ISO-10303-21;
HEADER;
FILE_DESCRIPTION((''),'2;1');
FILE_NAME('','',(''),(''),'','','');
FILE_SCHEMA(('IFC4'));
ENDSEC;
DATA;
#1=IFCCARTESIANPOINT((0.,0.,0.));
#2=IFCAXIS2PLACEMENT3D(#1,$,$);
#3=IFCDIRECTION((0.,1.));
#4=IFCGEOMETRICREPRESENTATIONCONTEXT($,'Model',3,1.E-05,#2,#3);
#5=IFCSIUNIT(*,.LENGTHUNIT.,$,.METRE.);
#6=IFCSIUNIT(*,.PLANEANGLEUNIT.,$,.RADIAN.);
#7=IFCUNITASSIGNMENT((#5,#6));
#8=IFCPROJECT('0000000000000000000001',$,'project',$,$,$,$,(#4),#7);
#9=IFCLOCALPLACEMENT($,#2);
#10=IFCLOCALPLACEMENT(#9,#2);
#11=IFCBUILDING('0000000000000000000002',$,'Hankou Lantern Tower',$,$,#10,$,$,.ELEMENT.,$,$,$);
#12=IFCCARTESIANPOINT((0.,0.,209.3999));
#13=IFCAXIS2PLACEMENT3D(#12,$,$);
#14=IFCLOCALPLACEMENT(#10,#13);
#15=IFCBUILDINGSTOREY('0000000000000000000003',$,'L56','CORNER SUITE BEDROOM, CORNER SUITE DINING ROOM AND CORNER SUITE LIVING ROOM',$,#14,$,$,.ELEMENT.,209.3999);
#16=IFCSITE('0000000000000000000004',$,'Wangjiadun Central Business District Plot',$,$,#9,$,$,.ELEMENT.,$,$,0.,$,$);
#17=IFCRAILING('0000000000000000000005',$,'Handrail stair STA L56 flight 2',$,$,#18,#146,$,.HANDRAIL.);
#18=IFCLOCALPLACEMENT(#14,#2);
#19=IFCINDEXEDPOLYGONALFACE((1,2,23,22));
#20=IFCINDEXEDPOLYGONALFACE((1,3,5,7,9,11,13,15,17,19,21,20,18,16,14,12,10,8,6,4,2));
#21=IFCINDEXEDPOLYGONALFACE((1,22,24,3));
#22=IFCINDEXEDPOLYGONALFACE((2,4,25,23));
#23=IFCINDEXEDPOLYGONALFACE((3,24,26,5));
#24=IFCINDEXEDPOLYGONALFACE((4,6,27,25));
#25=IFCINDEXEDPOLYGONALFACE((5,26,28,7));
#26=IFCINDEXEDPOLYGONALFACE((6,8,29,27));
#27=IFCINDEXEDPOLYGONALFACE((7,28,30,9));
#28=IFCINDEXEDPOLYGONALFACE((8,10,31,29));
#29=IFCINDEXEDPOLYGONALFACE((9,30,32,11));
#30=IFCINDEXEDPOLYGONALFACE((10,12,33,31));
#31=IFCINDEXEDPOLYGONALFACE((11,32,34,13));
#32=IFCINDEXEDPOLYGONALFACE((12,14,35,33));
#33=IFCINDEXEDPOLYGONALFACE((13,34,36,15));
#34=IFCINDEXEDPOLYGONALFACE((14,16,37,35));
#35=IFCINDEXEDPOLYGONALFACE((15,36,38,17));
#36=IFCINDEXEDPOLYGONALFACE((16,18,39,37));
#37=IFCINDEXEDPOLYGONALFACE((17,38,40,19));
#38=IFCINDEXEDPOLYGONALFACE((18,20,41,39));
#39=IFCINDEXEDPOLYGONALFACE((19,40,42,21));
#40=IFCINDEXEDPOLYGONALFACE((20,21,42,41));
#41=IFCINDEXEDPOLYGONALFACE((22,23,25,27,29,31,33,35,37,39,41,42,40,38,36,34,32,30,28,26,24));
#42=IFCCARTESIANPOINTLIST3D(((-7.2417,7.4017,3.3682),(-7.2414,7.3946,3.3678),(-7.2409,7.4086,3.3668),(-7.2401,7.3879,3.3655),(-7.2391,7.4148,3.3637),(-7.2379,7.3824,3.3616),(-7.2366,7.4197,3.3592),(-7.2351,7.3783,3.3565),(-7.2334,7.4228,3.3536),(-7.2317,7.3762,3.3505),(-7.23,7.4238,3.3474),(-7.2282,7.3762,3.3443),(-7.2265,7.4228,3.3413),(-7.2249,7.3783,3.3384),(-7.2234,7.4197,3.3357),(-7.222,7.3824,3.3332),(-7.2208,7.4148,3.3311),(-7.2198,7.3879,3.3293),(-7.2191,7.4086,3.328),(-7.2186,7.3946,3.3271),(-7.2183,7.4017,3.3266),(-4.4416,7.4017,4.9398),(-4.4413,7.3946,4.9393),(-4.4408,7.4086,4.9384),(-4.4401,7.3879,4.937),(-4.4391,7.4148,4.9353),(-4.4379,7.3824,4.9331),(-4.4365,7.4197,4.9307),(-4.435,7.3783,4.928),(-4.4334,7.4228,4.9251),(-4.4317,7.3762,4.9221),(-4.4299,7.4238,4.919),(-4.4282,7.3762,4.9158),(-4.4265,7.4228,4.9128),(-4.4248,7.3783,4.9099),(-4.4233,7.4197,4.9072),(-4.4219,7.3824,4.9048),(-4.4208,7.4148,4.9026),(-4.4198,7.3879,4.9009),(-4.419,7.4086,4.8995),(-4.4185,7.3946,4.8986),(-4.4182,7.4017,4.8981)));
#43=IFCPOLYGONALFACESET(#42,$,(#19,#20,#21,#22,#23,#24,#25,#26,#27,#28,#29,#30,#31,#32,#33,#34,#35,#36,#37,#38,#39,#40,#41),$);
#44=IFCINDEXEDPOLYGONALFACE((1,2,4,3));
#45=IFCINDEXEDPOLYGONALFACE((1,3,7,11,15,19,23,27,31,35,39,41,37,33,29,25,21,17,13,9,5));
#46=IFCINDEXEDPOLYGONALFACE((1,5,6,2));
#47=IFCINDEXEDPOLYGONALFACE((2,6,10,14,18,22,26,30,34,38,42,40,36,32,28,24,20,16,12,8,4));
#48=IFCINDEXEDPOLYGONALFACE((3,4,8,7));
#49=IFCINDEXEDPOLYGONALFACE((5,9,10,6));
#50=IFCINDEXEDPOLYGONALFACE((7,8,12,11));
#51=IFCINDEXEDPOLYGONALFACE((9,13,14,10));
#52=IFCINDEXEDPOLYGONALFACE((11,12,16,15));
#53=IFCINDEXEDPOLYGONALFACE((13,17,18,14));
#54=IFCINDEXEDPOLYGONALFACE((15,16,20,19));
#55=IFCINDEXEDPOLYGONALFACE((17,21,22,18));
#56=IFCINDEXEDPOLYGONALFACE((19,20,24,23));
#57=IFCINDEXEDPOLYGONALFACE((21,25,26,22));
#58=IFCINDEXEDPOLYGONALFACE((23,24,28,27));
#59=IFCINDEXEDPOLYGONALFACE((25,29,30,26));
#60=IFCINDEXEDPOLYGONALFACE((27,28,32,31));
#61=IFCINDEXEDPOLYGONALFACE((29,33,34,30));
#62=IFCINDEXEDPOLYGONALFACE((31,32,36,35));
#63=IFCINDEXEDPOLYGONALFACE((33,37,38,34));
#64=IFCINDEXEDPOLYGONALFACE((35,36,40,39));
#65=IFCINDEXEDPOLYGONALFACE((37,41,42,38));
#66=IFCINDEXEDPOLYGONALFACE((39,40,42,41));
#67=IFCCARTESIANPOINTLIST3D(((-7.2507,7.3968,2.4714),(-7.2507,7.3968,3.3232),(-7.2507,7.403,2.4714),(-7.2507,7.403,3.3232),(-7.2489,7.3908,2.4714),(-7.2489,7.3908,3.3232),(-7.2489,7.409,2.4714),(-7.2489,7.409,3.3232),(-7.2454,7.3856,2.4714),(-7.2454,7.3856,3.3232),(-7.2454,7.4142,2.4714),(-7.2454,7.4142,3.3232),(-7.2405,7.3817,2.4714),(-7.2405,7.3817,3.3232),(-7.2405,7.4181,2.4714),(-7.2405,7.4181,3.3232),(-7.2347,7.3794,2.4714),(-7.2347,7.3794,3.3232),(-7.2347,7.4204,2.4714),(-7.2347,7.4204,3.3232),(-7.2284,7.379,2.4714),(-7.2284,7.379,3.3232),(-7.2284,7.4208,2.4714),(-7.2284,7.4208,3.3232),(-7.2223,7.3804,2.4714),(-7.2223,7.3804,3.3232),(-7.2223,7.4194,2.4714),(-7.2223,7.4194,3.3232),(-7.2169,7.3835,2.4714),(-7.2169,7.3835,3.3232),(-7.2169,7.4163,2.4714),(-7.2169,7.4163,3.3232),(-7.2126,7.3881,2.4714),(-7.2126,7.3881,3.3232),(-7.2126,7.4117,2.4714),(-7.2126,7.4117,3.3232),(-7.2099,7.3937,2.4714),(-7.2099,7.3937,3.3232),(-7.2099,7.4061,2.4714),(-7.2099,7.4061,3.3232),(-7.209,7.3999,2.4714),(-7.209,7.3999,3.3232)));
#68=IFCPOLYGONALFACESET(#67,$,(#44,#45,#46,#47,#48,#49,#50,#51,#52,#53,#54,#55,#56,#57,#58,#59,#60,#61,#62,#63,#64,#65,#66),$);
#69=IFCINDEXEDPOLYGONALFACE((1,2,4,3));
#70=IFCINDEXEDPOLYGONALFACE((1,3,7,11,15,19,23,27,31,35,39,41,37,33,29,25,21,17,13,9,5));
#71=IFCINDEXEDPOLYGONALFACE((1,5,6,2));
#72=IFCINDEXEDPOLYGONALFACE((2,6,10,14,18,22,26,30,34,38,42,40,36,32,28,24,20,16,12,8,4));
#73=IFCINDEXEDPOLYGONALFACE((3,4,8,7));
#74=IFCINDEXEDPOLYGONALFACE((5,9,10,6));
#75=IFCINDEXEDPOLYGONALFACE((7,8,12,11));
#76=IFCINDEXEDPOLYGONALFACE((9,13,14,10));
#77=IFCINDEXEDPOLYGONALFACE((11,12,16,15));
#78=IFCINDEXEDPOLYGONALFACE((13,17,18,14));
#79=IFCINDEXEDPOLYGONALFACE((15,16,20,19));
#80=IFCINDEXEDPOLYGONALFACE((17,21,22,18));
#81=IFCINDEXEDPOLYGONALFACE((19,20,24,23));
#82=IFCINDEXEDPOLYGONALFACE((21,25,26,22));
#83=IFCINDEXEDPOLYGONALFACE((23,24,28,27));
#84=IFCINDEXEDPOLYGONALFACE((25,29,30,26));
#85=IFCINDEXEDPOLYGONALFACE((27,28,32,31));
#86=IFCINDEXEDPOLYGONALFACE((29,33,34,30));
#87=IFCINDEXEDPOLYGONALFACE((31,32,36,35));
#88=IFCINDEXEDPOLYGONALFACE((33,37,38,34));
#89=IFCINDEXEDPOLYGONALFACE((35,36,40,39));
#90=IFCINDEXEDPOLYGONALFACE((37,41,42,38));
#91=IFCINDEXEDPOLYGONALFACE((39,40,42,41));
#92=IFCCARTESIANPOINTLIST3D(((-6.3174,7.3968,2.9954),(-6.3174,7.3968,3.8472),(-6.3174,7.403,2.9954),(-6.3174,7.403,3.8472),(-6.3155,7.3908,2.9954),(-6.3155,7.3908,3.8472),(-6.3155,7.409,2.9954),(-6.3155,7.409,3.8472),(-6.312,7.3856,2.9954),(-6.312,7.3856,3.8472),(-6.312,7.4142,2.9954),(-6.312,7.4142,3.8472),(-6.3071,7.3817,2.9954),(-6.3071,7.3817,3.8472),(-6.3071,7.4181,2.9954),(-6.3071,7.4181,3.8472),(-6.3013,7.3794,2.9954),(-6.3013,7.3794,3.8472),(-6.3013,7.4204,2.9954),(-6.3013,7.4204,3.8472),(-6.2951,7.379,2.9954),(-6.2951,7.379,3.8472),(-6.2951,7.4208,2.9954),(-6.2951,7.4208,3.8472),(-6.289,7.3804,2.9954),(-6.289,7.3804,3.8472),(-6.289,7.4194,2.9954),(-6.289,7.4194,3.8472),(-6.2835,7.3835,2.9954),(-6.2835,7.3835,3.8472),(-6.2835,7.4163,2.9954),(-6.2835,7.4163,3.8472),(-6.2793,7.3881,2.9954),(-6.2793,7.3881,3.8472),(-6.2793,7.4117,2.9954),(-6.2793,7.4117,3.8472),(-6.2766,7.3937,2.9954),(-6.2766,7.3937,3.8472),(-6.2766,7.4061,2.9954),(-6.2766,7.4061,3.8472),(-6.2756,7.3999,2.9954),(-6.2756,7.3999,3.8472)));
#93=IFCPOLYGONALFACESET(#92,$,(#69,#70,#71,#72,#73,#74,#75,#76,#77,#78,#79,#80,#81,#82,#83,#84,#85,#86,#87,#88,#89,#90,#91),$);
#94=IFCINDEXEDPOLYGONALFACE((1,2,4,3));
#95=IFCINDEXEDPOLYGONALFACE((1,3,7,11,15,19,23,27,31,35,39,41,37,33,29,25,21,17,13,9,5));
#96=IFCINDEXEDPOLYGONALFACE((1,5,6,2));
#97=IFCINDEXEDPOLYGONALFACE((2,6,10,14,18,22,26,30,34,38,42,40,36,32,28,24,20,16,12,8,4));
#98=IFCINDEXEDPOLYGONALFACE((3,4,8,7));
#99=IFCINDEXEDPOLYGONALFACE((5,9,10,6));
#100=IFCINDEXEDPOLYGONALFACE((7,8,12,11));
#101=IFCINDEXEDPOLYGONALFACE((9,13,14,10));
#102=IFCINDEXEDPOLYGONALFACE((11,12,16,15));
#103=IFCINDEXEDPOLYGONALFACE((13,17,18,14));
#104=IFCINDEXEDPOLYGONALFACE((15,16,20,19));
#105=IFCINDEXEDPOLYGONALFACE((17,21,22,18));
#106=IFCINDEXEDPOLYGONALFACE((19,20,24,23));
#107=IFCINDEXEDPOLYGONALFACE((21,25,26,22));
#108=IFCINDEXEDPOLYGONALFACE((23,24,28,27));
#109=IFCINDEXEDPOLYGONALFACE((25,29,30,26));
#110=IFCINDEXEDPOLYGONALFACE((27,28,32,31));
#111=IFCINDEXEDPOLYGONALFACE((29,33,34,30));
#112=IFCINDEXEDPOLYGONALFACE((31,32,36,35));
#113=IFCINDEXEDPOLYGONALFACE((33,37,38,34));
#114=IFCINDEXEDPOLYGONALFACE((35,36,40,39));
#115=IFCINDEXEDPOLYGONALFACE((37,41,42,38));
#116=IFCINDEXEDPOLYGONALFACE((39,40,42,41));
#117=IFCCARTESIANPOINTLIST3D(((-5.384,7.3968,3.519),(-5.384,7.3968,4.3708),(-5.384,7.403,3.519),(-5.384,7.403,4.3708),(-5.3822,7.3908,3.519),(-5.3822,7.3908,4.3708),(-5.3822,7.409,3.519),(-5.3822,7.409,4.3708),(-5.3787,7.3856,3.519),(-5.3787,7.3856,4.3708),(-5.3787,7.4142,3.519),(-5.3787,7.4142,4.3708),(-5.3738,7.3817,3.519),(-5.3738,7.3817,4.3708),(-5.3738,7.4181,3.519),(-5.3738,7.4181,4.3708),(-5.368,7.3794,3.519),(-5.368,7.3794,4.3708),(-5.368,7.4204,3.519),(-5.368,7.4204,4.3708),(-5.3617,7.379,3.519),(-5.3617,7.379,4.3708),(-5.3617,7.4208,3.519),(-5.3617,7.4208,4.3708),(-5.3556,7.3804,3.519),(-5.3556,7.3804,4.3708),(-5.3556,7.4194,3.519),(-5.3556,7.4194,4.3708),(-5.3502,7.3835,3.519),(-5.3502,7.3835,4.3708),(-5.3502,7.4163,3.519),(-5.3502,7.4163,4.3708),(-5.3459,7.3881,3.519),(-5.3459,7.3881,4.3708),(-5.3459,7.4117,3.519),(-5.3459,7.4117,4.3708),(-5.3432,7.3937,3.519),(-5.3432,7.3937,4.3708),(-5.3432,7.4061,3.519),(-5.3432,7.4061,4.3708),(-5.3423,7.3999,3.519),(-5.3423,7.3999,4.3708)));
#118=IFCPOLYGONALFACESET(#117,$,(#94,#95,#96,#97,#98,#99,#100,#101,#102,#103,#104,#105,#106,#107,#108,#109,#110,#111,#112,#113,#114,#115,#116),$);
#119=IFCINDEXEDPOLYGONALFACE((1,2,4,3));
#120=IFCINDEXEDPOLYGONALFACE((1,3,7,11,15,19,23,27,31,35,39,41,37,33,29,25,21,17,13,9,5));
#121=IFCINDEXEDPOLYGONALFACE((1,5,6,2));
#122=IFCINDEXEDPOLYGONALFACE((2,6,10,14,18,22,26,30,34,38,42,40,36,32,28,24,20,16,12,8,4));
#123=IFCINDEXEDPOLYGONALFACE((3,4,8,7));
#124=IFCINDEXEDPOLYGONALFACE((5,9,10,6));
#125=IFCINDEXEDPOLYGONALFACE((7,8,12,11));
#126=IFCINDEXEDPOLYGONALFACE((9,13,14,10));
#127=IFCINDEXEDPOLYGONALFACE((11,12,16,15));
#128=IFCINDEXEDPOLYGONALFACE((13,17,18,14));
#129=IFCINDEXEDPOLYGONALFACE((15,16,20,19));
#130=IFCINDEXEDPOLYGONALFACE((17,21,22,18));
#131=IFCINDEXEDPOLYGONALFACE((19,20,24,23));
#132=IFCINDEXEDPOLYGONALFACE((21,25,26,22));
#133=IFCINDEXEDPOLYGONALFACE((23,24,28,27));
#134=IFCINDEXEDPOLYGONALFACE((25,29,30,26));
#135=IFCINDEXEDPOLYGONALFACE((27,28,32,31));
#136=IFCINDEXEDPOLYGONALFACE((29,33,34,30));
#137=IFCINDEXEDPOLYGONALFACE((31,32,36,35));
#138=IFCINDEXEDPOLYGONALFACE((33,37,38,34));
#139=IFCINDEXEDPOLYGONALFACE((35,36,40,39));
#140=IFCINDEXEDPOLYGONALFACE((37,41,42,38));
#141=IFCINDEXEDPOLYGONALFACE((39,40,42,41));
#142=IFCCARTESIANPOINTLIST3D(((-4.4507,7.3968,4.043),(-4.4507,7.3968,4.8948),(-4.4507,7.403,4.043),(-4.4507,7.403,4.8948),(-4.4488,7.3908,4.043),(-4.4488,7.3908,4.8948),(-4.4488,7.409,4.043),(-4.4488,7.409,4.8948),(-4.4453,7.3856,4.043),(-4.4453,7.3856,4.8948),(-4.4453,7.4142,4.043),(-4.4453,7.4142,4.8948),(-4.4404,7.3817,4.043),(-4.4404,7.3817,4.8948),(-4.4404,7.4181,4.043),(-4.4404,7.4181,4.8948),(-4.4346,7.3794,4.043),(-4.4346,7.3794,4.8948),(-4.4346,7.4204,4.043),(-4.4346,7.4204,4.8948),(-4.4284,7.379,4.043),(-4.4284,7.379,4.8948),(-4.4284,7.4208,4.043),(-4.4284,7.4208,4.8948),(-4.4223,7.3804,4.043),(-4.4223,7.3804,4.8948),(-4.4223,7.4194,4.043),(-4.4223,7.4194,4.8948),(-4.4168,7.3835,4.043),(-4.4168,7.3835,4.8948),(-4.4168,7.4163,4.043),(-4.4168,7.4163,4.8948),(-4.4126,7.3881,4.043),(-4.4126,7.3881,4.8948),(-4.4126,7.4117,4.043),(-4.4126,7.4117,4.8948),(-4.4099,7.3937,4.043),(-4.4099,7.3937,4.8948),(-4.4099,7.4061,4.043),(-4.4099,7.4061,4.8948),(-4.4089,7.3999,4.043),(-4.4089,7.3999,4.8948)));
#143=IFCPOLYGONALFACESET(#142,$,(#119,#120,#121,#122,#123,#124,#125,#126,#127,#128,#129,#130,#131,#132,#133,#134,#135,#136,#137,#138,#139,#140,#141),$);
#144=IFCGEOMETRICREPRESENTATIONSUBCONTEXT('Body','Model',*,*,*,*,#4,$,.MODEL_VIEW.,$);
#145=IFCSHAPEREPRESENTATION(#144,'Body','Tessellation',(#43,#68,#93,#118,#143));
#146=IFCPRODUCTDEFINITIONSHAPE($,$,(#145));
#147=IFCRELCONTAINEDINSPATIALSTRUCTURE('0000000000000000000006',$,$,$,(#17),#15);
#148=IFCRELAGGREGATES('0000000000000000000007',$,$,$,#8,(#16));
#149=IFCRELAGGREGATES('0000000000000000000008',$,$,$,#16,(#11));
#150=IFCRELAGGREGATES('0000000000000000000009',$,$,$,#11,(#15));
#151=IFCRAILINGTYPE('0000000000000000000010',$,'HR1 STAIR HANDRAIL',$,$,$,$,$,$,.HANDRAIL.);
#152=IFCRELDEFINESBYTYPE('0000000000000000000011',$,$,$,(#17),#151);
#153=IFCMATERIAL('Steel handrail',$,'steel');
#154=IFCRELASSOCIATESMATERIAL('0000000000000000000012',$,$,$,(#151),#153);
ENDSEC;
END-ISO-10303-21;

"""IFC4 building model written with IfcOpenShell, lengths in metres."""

from ifc_helpers import new_model, si_unit, direction, frame, origin, origin_2d, place, context, subcontext, project, spatial, circle, extrude, material, type_object, element, save


model = new_model("IFC4")

# Units and contexts
model_context = context("Model", 3, precision=1e-05, world=origin(), true_north=direction((0.0, 1.0)))
body_context = subcontext(model_context, "Body", "Model", "MODEL_VIEW")
ifc_project = project(units=[si_unit("LENGTHUNIT", "METRE"), si_unit("PLANEANGLEUNIT", "RADIAN")], contexts=[model_context])

# Site, building, storey
site_placement = place(None, origin())
site = spatial("IfcSite", under=ifc_project, at=site_placement, Name="Wangjiadun Central Business District Plot", CompositionType="ELEMENT", RefElevation=0.0)
building_placement = place(site_placement, origin())
building = spatial("IfcBuilding", under=site, at=building_placement, Name="Hankou Lantern Tower", CompositionType="ELEMENT")
storey_placement = place(building_placement, frame((0.0, 0.0, 209.3999)))
storey = spatial("IfcBuildingStorey", under=building, at=storey_placement, Name="L56", Description="CORNER SUITE BEDROOM, CORNER SUITE DINING ROOM AND CORNER SUITE LIVING ROOM", CompositionType="ELEMENT", Elevation=209.3999)

# Railing
ifc_material_1 = material(Name="Steel handrail", Category="steel")
railing_type = type_object("IfcRailingType", Name="HR1 STAIR HANDRAIL", PredefinedType="HANDRAIL", material=ifc_material_1)
railing_1_placement = place(storey_placement, frame((-7.23, 7.3999, 2.4714)))
element("IfcRailing", 1, at=railing_1_placement, inside=storey, type_object=railing_type, Name="Handrail stair STA L56 flight 2", PredefinedType="HANDRAIL", context=body_context, shape_type="SweptSolid", body=[
    extrude(circle(Radius=0.0239, at=origin_2d()), frame((0.0, 0.0, 0.876), z_axis=(0.87204, 0.0, 0.489434), x_axis=(0.0, 1.0, 0.0)), (0.0, 0.0, 1.0), 3.2109),
    extrude(circle(Radius=0.021, at=origin_2d()), origin(), (0.0, 0.0, 1.0), 0.8518),
    extrude(circle(Radius=0.021, at=origin_2d()), frame((0.9333, 0.0, 0.5239)), (0.0, 0.0, 1.0), 0.8518),
    extrude(circle(Radius=0.021, at=origin_2d()), frame((1.8667, 0.0, 1.0476)), (0.0, 0.0, 1.0), 0.8518),
    extrude(circle(Radius=0.021, at=origin_2d()), frame((2.8, 0.0, 1.5715)), (0.0, 0.0, 1.0), 0.8518),
])

save(model, "model.ifc")
